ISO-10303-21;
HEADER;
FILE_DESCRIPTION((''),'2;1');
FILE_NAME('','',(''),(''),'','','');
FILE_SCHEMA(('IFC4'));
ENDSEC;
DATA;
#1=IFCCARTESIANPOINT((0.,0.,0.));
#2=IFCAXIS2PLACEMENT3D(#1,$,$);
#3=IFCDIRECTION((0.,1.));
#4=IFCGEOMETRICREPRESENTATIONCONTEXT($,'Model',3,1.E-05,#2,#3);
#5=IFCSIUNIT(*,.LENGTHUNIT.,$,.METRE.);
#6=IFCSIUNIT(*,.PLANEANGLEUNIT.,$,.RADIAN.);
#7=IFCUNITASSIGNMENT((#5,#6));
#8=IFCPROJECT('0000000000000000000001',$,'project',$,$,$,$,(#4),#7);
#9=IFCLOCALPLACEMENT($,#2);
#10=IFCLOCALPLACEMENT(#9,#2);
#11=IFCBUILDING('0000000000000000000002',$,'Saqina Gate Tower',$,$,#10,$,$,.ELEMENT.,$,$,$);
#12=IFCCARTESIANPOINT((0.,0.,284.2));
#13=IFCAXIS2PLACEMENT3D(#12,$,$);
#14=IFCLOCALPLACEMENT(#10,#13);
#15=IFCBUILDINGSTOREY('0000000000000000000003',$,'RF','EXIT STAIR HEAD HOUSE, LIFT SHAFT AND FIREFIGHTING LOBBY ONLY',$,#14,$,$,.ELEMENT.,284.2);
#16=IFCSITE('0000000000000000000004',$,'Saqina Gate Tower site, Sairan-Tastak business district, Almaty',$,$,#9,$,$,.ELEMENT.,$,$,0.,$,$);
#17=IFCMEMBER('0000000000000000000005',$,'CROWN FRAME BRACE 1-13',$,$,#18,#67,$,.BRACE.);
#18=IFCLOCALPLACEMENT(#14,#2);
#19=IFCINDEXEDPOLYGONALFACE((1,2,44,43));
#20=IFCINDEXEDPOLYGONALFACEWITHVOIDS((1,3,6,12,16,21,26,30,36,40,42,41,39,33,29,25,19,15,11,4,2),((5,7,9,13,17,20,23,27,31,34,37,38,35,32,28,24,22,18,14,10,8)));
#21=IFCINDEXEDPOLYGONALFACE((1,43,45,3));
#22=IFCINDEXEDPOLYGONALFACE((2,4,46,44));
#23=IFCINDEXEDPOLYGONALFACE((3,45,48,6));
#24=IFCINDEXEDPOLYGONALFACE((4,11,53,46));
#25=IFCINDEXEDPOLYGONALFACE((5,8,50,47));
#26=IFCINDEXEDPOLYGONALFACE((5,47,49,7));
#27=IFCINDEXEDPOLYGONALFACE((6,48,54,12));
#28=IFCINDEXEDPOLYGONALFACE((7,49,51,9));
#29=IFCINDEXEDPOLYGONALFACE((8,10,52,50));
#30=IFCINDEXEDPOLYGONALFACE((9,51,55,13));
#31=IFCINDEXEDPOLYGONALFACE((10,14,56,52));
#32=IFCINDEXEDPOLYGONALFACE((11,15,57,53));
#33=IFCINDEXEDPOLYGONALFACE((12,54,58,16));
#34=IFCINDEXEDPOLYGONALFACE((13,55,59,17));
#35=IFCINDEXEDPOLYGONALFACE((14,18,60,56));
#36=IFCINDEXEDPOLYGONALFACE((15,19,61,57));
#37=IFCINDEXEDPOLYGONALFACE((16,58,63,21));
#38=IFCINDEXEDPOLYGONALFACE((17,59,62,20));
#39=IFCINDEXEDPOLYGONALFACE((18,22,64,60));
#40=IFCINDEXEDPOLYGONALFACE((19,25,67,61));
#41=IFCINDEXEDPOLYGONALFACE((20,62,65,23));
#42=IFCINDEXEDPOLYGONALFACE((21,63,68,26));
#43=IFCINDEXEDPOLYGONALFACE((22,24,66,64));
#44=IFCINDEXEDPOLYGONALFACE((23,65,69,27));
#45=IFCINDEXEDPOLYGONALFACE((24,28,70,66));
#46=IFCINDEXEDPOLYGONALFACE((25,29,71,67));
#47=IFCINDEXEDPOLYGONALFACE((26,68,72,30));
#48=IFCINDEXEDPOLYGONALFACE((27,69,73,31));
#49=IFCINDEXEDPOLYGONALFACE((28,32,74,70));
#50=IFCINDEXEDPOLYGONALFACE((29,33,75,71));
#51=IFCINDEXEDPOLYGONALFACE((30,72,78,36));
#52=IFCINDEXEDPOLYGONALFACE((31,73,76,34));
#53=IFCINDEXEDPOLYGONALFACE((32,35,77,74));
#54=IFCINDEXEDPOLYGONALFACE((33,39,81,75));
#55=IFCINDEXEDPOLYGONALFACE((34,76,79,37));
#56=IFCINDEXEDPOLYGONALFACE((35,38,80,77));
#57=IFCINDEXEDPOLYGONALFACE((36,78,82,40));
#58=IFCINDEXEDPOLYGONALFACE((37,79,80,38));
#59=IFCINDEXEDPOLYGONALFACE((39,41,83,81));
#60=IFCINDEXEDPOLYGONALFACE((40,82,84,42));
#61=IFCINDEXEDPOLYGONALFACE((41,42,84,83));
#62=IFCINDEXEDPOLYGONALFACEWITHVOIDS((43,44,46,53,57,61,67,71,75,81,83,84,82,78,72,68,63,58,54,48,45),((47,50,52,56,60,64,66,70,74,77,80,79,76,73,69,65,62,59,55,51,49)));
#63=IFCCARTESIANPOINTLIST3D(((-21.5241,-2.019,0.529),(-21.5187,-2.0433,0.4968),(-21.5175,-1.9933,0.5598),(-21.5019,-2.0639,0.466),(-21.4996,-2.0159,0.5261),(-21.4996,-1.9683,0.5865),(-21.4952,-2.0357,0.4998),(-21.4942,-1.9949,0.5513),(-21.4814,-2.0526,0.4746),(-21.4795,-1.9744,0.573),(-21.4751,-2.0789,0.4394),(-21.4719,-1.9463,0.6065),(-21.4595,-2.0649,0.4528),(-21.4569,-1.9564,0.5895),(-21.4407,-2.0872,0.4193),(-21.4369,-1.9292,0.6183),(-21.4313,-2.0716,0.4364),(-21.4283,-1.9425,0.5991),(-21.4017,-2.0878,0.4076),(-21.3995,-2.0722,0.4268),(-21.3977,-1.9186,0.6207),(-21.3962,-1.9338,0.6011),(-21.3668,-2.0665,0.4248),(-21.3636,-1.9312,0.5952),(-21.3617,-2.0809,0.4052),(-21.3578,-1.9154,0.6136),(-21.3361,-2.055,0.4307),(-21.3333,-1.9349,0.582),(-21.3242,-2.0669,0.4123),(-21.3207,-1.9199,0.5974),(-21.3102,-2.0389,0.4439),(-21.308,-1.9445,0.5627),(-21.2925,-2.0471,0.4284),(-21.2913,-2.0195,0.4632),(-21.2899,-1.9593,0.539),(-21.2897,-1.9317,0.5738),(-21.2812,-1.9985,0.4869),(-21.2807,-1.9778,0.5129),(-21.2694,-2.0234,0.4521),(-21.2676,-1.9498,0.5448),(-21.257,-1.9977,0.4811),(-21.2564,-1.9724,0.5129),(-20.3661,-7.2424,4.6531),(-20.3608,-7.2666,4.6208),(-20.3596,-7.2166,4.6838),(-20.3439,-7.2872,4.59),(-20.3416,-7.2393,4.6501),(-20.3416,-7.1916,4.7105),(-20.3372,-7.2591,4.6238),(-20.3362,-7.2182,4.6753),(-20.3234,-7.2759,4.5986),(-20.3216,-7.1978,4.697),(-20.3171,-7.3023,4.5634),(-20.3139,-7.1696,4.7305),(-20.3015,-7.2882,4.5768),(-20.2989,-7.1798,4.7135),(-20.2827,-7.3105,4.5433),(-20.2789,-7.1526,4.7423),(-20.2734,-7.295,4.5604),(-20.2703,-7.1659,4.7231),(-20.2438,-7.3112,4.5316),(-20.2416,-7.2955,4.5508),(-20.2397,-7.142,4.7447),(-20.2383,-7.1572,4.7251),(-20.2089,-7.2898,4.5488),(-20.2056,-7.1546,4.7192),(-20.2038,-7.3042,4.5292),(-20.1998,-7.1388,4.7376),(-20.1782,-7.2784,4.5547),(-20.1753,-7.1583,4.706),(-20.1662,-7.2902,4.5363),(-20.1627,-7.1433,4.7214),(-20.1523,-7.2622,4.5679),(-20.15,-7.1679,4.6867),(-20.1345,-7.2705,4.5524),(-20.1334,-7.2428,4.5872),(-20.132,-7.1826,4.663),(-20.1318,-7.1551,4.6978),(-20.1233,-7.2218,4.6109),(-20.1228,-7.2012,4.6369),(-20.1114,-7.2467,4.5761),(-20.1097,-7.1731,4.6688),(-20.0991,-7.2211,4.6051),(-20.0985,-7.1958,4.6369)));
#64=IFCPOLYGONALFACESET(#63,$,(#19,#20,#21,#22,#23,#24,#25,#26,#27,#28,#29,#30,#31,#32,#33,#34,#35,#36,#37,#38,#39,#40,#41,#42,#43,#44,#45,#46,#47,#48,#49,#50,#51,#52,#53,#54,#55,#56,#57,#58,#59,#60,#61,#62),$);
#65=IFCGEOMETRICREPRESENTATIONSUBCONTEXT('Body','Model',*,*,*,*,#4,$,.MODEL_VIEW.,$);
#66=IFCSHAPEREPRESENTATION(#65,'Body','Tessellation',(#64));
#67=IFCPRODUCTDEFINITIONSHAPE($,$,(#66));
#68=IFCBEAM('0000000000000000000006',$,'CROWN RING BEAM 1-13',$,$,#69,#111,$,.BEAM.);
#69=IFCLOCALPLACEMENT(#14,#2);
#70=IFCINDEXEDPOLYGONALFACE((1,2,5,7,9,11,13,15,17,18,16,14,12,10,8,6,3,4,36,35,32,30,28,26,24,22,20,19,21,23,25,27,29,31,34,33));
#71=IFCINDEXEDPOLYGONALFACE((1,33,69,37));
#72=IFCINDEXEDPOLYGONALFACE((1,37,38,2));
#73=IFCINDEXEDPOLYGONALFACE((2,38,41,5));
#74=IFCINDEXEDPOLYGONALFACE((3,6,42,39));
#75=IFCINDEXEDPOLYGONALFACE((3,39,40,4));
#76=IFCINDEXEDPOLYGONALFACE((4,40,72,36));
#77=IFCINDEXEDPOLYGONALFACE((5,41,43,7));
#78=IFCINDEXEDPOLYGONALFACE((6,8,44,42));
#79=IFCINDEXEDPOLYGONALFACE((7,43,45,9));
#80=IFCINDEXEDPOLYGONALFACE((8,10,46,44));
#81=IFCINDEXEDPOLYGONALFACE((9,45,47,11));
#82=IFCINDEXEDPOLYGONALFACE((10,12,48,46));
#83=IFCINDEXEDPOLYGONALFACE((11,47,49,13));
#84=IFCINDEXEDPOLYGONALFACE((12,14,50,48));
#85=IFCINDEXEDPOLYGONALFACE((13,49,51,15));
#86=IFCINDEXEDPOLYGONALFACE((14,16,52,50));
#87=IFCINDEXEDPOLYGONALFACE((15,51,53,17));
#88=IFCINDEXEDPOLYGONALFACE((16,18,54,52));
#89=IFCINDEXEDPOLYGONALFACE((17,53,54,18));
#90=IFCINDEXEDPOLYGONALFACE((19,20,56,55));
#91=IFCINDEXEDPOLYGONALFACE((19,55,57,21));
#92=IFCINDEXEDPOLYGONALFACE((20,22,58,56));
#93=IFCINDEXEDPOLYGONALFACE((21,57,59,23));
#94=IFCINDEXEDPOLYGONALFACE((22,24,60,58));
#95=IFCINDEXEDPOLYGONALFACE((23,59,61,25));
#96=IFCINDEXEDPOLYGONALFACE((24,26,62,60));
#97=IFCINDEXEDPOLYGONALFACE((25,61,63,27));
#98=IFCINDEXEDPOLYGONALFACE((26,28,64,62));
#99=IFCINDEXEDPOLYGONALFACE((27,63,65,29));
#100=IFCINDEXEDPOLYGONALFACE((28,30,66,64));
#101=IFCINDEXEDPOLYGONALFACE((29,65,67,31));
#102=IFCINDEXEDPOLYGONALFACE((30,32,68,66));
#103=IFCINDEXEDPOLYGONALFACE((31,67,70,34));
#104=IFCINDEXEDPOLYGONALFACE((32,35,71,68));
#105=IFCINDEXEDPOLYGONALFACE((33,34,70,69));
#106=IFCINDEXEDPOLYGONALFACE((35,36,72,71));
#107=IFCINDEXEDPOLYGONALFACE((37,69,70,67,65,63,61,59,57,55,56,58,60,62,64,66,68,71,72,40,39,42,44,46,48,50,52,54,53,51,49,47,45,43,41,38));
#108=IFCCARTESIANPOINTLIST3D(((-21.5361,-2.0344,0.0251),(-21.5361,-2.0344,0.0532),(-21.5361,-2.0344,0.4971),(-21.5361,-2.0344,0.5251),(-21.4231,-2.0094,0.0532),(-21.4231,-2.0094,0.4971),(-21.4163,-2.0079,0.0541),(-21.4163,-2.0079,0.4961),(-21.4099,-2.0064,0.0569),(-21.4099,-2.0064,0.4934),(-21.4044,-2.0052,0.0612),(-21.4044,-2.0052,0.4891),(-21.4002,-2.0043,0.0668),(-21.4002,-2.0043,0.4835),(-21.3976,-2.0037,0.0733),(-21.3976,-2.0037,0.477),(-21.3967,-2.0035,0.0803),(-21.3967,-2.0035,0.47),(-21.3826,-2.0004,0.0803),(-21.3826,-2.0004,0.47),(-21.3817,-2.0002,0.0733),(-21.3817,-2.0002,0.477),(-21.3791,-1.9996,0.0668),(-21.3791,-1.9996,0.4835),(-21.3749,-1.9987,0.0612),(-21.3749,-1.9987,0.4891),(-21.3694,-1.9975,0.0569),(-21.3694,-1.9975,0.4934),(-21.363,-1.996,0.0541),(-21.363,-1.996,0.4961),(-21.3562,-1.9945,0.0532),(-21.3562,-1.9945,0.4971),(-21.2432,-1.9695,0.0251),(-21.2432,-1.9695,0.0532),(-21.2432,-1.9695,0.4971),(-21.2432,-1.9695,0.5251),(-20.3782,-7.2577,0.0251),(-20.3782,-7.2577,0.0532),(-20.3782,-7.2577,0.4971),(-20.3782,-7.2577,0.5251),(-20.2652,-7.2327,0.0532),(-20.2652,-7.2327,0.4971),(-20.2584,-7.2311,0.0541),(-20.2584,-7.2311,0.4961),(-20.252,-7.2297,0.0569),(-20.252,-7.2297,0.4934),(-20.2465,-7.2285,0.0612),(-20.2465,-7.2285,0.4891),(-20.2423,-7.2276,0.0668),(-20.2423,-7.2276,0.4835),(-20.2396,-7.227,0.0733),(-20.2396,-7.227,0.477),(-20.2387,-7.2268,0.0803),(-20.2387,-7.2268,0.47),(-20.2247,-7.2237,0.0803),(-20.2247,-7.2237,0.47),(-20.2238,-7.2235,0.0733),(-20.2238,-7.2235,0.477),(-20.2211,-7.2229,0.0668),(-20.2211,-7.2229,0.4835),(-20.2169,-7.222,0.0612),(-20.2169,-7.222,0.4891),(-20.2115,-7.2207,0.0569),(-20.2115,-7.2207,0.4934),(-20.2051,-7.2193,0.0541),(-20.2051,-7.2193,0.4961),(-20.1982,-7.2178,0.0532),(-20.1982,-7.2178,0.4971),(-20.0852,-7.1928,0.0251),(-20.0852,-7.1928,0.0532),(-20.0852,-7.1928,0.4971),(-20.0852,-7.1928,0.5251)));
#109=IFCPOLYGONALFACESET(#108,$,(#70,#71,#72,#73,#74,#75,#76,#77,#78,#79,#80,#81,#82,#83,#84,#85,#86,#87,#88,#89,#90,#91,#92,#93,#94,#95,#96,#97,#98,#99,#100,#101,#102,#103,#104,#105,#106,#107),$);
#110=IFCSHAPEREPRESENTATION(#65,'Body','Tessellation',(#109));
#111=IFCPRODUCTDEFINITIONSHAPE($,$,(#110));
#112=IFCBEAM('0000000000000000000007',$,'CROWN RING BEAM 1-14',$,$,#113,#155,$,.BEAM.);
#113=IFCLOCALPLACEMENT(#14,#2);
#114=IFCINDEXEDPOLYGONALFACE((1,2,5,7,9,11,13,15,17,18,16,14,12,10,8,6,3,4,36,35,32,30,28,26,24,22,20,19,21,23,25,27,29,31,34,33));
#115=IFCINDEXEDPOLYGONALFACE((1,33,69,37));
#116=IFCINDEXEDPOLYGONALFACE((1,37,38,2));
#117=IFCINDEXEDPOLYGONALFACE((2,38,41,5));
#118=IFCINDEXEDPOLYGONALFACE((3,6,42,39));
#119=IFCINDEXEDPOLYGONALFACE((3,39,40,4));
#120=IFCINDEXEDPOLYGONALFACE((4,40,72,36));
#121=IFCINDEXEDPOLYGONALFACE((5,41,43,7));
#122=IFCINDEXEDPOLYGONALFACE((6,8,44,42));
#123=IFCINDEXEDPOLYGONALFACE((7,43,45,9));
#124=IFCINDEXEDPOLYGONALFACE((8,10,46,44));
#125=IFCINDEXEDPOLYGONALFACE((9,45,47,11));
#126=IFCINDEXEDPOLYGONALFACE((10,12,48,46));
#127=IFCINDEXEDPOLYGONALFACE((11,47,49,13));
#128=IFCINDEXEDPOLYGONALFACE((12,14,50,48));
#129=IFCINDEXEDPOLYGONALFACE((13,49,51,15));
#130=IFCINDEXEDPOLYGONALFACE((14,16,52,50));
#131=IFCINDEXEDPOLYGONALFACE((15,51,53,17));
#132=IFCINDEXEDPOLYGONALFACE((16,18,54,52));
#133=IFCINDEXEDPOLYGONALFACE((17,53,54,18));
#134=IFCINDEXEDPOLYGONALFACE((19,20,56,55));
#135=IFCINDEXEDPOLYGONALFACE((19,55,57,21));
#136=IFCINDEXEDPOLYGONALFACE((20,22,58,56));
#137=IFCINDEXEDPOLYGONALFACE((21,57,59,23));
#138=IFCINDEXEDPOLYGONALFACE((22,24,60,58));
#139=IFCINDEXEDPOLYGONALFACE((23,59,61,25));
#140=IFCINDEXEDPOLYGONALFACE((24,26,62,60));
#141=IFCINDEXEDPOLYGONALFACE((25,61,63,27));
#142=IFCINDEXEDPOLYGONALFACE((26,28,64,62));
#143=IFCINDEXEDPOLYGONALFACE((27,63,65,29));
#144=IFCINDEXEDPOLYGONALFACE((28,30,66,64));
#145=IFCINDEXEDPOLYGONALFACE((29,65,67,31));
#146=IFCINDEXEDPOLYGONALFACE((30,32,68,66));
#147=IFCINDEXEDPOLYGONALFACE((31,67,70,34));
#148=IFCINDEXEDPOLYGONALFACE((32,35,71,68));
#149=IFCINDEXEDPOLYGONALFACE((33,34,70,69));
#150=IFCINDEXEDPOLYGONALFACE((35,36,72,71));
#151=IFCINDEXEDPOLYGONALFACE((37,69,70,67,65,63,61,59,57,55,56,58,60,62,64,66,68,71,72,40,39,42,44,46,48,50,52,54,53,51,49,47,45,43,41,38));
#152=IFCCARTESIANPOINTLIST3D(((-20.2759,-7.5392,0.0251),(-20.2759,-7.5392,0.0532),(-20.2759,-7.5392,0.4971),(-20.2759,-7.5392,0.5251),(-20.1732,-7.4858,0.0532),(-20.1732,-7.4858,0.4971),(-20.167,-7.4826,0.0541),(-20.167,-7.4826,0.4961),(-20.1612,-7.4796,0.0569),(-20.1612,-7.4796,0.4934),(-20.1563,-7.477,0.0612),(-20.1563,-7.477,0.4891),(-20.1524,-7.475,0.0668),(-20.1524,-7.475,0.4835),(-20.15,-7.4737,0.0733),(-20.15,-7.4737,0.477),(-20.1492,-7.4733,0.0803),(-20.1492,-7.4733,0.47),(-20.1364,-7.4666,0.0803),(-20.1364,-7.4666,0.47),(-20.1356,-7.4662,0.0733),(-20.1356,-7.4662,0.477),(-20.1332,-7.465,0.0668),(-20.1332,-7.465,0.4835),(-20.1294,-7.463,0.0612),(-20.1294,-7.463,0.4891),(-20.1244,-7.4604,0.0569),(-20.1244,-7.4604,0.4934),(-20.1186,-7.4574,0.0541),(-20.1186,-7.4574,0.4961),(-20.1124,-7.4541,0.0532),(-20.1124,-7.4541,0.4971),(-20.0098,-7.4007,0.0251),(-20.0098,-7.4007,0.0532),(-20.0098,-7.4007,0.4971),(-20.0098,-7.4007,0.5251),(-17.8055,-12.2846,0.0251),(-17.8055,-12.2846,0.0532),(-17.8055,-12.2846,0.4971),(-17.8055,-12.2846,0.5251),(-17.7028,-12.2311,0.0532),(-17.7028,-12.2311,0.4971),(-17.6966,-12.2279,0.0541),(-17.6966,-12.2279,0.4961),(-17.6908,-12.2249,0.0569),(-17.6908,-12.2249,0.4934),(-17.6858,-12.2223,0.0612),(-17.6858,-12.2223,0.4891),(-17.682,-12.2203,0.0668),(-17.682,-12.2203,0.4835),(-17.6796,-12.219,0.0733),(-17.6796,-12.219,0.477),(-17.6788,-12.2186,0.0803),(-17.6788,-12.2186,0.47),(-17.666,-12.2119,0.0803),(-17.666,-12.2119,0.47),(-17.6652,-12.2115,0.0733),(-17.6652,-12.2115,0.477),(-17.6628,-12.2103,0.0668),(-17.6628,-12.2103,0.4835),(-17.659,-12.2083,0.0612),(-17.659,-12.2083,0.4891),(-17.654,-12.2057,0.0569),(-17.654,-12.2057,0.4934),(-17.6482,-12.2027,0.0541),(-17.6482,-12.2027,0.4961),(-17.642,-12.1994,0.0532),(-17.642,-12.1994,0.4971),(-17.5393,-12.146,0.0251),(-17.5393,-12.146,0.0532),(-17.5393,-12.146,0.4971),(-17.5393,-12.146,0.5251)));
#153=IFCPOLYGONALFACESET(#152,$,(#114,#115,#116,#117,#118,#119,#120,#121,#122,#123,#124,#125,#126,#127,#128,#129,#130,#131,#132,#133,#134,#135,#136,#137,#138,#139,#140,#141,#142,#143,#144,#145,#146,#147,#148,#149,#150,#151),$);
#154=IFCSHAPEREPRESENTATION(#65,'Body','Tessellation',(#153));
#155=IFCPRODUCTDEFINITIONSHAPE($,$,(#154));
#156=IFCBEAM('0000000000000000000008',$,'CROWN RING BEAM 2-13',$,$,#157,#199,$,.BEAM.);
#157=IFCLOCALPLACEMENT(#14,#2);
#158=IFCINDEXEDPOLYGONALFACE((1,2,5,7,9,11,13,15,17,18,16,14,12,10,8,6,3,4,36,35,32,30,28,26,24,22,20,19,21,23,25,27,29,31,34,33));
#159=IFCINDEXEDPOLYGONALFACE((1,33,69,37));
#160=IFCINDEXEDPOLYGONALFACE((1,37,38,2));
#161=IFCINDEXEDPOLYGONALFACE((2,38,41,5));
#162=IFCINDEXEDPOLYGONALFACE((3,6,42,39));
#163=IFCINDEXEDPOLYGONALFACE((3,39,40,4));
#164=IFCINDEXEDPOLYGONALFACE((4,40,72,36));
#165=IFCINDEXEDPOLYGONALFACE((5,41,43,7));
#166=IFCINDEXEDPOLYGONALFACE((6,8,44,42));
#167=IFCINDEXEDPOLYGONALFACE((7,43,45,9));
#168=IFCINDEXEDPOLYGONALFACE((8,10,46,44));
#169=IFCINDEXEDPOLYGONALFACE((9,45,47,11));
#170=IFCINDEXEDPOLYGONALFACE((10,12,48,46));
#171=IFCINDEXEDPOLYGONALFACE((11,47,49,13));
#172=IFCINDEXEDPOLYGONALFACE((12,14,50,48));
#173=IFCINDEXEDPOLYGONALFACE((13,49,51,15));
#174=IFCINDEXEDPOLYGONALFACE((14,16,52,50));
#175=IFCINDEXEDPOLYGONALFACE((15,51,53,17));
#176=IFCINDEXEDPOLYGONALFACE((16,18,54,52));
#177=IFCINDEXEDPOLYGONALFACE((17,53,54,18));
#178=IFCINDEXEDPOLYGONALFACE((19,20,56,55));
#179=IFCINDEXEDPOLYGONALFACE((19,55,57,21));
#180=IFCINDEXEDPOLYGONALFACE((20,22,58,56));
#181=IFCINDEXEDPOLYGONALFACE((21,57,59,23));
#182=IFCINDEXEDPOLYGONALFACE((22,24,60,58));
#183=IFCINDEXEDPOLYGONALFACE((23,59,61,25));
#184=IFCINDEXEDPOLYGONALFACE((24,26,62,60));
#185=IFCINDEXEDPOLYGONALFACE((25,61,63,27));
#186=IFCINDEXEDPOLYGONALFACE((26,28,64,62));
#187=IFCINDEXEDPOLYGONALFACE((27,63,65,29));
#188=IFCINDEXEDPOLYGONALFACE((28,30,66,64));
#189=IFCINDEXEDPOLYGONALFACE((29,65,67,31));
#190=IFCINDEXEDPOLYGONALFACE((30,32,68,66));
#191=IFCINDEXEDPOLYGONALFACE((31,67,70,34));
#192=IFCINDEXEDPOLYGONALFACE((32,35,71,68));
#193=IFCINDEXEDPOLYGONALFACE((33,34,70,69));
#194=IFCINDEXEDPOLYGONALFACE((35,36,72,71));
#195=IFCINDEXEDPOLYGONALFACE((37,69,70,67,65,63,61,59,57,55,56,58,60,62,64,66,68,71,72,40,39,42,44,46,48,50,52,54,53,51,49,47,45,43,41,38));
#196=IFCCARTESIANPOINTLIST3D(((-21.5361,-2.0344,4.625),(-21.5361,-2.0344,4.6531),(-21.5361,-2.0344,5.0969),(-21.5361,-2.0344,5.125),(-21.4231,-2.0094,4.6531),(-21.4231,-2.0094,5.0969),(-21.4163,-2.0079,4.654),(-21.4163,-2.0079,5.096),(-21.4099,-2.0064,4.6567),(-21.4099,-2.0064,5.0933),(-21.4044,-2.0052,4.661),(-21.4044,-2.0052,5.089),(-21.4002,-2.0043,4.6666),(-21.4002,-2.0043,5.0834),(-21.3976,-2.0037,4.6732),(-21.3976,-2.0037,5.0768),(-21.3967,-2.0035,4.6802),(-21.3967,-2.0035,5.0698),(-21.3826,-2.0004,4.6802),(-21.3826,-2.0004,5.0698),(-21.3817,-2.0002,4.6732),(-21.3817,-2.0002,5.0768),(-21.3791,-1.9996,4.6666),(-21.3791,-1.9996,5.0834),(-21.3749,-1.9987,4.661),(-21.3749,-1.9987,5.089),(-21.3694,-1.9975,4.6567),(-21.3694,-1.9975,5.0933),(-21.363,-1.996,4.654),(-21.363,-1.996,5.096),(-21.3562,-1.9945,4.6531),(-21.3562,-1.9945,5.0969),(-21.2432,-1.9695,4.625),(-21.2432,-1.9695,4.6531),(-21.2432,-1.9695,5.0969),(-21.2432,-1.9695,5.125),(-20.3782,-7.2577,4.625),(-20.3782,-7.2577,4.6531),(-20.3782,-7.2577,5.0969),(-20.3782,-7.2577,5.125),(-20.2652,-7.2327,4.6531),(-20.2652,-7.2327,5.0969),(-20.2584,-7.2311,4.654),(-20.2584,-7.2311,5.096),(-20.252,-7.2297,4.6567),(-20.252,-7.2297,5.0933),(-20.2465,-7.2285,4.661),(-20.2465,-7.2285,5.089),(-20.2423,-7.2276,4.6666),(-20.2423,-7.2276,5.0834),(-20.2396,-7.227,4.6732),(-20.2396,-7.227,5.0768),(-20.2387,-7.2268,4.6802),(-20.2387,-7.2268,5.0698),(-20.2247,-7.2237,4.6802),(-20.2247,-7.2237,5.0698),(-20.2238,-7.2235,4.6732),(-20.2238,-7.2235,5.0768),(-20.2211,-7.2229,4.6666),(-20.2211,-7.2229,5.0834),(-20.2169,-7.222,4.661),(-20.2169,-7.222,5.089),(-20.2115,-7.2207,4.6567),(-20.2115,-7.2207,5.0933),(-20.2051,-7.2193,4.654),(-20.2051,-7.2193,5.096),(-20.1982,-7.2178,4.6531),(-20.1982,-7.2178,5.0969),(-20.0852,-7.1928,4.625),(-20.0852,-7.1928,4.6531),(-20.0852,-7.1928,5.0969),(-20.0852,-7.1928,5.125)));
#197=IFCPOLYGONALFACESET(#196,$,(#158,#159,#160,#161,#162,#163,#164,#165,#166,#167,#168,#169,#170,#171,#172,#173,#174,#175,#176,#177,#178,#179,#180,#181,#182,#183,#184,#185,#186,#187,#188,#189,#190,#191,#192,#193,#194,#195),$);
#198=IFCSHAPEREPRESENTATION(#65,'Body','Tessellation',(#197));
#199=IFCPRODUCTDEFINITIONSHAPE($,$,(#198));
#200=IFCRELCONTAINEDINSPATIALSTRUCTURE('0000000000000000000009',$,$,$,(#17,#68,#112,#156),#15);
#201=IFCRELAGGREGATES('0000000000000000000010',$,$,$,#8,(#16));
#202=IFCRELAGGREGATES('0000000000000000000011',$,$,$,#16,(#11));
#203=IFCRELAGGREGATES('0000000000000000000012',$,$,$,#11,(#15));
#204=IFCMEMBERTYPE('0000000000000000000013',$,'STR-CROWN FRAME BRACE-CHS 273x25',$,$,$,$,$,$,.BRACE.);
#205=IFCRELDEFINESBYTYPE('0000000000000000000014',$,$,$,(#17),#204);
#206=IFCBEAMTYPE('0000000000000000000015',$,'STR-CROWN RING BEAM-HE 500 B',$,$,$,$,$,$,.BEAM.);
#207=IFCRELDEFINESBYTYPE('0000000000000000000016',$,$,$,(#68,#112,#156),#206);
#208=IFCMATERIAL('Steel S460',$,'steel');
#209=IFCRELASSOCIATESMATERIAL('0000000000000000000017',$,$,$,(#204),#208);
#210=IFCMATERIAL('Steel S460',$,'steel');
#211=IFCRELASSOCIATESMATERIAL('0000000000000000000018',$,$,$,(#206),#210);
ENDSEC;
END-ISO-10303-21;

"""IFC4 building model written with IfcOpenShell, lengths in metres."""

from ifc_helpers import new_model, si_unit, direction, frame, origin, origin_2d, place, context, subcontext, project, spatial, hollow_circle, i_section, extrude, material, material_profile, profile_set, type_object, element, save


model = new_model("IFC4")

# Units and contexts
model_context = context("Model", 3, precision=1e-05, world=origin(), true_north=direction((0.0, 1.0)))
body_context = subcontext(model_context, "Body", "Model", "MODEL_VIEW")
ifc_project = project(units=[si_unit("LENGTHUNIT", "METRE"), si_unit("PLANEANGLEUNIT", "RADIAN")], contexts=[model_context])

# Site, building, storey
site_placement = place(None, origin())
site = spatial("IfcSite", under=ifc_project, at=site_placement, Name="Saqina Gate Tower site, Sairan-Tastak business district, Almaty", CompositionType="ELEMENT", RefElevation=0.0)
building_placement = place(site_placement, origin())
building = spatial("IfcBuilding", under=site, at=building_placement, Name="Saqina Gate Tower", CompositionType="ELEMENT")
storey_placement = place(building_placement, frame((0.0, 0.0, 284.2)))
storey = spatial("IfcBuildingStorey", under=building, at=storey_placement, Name="RF", Description="EXIT STAIR HEAD HOUSE, LIFT SHAFT AND FIREFIGHTING LOBBY ONLY", CompositionType="ELEMENT", Elevation=284.2)

# Member
ifc_material_1 = material(Name="Steel S460", Category="steel")
ifc_material_profile_1 = material_profile(ifc_material_1, hollow_circle(Radius=0.1365, WallThickness=0.0249, at=origin_2d()), Name="CHS 273x25")
ifc_profile_set_1 = profile_set([ifc_material_profile_1], Name="Steel S460")
member_type_1 = type_object("IfcMemberType", Name="STR-CROWN FRAME BRACE-CHS 273x25", PredefinedType="BRACE", material=ifc_profile_set_1)
member_1_placement = place(storey_placement, frame((-21.3896, -2.002, 0.5129), z_axis=(0.171418, -0.773244, 0.610499), x_axis=(0.976298, 0.216433, 0.0)))
element("IfcMember", 1, at=member_1_placement, inside=storey, type_object=member_type_1, Name="CROWN FRAME BRACE 1-13", PredefinedType="BRACE", context=body_context, shape_type="SweptSolid", body=[
    extrude(hollow_circle(Radius=0.1365, WallThickness=0.0249, at=origin_2d()), origin(), (0.0, 0.0, 1.0), 6.7551),
])

# Beams
ifc_material_2 = material(Name="Steel S460", Category="steel")
ifc_material_profile_2 = material_profile(ifc_material_2, i_section(OverallWidth=0.3, OverallDepth=0.5, WebThickness=0.0144, FlangeThickness=0.0281, FilletRadius=0.0271, at=origin_2d()), Name="HE 500 B")
ifc_profile_set_2 = profile_set([ifc_material_profile_2], Name="Steel S460")
beam_type = type_object("IfcBeamType", Name="STR-CROWN RING BEAM-HE 500 B", PredefinedType="BEAM", material=ifc_profile_set_2)
beam_1_placement = place(storey_placement, frame((-21.3896, -2.002, 0.2751), z_axis=(0.216433, -0.976298, 0.0), x_axis=(0.976298, 0.216433, 0.0)))
element("IfcBeam", 2, at=beam_1_placement, inside=storey, type_object=beam_type, Name="CROWN RING BEAM 1-13", PredefinedType="BEAM", context=body_context, shape_type="SweptSolid", body=[
    extrude(i_section(OverallWidth=0.3, OverallDepth=0.5, WebThickness=0.0144, FlangeThickness=0.0281, FilletRadius=0.0271, at=origin_2d()), origin(), (0.0, 0.0, 1.0), 5.3501),
])
beam_2_placement = place(storey_placement, frame((-20.1428, -7.47, 0.2751), z_axis=(0.461775, -0.886997, 0.0), x_axis=(0.886997, 0.461775, 0.0)))
element("IfcBeam", 3, at=beam_2_placement, inside=storey, type_object=beam_type, Name="CROWN RING BEAM 1-14", PredefinedType="BEAM", context=body_context, shape_type="SweptSolid", body=[
    extrude(i_section(OverallWidth=0.3, OverallDepth=0.5, WebThickness=0.0144, FlangeThickness=0.0281, FilletRadius=0.0271, at=origin_2d()), origin(), (0.0, 0.0, 1.0), 5.3499),
])
beam_3_placement = place(storey_placement, frame((-21.3896, -2.002, 4.875), z_axis=(0.216433, -0.976298, 0.0), x_axis=(0.976298, 0.216433, 0.0)))
element("IfcBeam", 4, at=beam_3_placement, inside=storey, type_object=beam_type, Name="CROWN RING BEAM 2-13", PredefinedType="BEAM", context=body_context, shape_type="SweptSolid", body=[
    extrude(i_section(OverallWidth=0.3, OverallDepth=0.5, WebThickness=0.0144, FlangeThickness=0.0281, FilletRadius=0.0271, at=origin_2d()), origin(), (0.0, 0.0, 1.0), 5.3501),
])

save(model, "model.ifc")
